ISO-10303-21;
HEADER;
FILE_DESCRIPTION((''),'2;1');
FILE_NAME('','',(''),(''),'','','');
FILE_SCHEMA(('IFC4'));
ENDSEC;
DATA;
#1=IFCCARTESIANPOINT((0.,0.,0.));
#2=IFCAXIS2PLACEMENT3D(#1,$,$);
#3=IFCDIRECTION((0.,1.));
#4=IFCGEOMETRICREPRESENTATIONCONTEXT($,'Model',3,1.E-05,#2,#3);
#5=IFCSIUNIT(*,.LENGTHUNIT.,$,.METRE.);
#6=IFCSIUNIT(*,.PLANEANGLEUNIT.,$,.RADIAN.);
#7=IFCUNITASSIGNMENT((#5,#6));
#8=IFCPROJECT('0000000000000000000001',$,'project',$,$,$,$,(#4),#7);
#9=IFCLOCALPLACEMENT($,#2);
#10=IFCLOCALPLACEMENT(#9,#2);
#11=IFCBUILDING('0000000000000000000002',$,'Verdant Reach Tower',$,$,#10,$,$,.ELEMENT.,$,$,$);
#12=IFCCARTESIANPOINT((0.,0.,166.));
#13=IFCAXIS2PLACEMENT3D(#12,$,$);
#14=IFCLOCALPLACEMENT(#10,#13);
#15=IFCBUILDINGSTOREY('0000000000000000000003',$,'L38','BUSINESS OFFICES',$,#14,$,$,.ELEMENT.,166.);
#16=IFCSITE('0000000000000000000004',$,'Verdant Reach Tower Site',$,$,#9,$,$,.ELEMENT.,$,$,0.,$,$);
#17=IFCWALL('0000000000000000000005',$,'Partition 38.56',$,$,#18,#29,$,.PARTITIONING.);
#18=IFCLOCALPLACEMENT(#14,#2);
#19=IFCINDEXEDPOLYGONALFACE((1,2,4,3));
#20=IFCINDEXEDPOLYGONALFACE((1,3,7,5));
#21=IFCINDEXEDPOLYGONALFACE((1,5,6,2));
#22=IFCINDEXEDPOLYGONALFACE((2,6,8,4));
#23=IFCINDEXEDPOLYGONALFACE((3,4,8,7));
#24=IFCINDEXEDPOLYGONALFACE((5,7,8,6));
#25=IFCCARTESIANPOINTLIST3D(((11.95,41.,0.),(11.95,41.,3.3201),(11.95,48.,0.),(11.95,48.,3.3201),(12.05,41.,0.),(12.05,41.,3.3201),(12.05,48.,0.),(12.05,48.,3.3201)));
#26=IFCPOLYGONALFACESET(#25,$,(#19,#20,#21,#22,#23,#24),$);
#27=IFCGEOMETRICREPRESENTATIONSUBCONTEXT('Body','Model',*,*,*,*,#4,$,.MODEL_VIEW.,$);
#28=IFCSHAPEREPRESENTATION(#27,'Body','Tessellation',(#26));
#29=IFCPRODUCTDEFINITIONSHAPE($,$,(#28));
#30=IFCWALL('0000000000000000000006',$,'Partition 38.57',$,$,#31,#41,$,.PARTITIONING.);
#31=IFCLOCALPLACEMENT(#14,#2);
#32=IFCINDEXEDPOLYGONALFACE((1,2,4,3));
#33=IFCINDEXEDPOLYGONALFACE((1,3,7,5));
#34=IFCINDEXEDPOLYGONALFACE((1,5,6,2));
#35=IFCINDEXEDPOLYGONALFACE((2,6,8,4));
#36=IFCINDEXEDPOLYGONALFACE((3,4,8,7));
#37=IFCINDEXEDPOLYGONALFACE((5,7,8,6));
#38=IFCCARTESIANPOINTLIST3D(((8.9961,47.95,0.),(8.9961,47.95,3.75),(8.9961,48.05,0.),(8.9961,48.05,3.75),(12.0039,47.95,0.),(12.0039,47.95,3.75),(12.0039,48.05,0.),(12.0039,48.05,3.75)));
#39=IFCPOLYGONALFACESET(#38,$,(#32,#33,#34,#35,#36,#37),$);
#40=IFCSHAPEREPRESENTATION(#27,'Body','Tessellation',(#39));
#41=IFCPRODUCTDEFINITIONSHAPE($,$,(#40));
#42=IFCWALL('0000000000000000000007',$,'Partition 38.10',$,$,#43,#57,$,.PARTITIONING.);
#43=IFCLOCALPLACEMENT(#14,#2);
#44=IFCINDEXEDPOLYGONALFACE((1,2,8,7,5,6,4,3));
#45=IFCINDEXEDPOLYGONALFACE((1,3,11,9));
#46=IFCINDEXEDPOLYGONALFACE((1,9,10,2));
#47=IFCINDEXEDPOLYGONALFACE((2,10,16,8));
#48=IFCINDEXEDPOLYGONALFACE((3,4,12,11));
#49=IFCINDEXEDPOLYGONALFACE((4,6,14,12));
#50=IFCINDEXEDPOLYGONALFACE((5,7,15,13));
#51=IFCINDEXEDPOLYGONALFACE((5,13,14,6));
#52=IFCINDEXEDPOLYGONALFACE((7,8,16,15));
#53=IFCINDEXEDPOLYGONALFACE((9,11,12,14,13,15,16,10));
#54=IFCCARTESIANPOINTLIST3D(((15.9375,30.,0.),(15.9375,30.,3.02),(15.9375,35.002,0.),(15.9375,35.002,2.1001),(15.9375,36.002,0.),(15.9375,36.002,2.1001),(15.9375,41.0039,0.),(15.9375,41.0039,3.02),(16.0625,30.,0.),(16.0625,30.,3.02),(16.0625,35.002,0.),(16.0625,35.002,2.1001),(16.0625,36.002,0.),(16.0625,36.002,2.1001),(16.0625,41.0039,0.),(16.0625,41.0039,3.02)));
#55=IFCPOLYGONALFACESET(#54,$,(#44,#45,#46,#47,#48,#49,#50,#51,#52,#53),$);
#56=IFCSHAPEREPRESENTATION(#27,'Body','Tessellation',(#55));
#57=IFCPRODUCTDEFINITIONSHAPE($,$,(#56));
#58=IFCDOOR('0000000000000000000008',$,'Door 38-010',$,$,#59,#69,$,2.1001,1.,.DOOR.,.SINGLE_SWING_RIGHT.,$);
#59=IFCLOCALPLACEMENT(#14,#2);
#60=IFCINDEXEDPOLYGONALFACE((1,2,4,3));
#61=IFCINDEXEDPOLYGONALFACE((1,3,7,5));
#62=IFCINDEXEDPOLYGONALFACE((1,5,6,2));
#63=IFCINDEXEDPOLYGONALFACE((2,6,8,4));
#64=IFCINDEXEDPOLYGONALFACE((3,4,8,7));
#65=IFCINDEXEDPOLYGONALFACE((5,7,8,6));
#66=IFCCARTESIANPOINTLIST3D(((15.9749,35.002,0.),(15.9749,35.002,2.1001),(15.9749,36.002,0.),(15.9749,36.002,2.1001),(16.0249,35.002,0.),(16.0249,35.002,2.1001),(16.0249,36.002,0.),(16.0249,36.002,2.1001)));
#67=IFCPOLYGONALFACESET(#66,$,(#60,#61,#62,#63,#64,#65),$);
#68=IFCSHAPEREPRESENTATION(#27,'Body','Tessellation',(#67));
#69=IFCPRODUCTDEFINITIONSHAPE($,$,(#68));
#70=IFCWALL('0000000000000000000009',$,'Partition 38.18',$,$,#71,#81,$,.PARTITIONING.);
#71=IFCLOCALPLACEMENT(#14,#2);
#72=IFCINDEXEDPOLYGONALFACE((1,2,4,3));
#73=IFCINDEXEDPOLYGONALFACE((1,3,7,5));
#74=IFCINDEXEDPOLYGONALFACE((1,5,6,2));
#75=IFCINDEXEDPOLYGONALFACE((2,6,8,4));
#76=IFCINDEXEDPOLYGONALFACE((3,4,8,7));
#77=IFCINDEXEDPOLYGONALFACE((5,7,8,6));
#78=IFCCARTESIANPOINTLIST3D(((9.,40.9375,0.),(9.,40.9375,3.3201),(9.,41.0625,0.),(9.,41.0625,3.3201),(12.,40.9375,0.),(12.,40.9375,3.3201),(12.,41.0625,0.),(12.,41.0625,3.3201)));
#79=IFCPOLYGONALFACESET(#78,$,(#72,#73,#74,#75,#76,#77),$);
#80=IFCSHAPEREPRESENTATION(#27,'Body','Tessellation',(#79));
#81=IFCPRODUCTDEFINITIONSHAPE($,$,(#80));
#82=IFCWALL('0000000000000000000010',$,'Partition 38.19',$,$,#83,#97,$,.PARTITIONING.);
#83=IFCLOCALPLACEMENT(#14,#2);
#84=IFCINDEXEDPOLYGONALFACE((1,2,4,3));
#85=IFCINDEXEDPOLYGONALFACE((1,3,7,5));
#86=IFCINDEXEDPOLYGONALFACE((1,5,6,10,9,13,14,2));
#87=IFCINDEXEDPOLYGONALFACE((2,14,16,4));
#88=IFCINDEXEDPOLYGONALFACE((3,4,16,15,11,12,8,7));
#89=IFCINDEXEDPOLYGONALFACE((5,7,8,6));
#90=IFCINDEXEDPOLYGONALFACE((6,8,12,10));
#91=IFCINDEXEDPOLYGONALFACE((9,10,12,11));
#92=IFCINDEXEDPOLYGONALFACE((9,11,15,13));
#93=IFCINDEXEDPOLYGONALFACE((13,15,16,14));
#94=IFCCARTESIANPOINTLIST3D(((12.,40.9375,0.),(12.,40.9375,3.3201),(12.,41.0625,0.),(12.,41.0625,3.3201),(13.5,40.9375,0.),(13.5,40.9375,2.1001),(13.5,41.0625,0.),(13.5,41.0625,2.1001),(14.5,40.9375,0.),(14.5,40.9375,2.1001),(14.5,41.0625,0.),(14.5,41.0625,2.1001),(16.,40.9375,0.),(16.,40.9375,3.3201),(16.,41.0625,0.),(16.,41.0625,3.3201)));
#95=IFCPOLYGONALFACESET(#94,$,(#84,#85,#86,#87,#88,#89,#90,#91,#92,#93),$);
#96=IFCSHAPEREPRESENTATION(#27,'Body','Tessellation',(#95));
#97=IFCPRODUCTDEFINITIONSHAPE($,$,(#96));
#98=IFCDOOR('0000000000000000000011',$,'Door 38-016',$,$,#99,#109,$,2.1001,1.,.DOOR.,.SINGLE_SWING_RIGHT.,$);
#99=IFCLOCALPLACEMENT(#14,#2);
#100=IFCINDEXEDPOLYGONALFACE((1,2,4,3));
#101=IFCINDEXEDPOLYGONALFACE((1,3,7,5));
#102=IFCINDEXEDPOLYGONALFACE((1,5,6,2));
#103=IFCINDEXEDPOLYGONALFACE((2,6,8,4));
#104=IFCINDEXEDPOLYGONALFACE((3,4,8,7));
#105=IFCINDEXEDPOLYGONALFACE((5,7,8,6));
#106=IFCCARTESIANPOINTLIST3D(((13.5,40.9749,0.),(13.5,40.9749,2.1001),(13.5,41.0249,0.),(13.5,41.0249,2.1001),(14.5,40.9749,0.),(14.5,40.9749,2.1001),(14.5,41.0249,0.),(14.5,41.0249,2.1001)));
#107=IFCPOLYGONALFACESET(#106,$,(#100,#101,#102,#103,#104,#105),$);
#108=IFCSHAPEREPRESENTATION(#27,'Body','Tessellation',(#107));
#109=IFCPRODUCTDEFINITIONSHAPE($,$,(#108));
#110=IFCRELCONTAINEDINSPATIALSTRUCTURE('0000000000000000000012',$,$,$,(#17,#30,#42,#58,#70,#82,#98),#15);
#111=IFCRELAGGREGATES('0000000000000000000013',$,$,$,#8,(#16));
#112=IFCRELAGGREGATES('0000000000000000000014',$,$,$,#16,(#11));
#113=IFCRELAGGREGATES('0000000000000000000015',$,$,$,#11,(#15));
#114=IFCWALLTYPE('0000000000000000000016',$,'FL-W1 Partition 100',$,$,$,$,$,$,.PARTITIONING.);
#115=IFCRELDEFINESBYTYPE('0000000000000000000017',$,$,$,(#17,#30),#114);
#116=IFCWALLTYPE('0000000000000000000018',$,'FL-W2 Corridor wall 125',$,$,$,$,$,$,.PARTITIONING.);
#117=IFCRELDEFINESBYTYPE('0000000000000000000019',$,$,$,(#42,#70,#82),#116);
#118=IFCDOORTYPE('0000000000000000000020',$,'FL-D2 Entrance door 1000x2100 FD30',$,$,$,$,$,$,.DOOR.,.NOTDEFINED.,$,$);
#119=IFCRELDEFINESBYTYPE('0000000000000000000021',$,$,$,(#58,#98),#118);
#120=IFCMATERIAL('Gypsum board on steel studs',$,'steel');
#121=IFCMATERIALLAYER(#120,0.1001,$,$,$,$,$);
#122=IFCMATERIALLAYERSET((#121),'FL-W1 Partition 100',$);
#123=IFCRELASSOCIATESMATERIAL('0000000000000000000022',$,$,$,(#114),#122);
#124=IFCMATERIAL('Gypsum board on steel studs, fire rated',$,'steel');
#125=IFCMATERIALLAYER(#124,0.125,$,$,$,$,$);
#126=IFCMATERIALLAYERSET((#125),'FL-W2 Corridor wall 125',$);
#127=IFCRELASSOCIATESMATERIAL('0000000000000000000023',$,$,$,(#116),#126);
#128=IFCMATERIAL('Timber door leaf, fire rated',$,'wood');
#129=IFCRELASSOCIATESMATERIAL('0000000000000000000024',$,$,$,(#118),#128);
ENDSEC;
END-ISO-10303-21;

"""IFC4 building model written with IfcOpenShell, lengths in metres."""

from ifc_helpers import new_model, si_unit, direction, frame, frame_2d, origin, place, context, subcontext, project, spatial, rectangle, extrude, material, layer, layer_set, type_object, element, fill, save


model = new_model("IFC4")

# Units and contexts
model_context = context("Model", 3, precision=1e-05, world=origin(), true_north=direction((0.0, 1.0)))
body_context = subcontext(model_context, "Body", "Model", "MODEL_VIEW")
ifc_project = project(units=[si_unit("LENGTHUNIT", "METRE"), si_unit("PLANEANGLEUNIT", "RADIAN")], contexts=[model_context])

# Site, building, storey
site_placement = place(None, origin())
site = spatial("IfcSite", under=ifc_project, at=site_placement, Name="Verdant Reach Tower Site", CompositionType="ELEMENT", RefElevation=0.0)
building_placement = place(site_placement, origin())
building = spatial("IfcBuilding", under=site, at=building_placement, Name="Verdant Reach Tower", CompositionType="ELEMENT")
storey_placement = place(building_placement, frame((0.0, 0.0, 166.0)))
storey = spatial("IfcBuildingStorey", under=building, at=storey_placement, Name="L38", Description="BUSINESS OFFICES", CompositionType="ELEMENT", Elevation=166.0)

# Walls
ifc_material_1 = material(Name="Gypsum board on steel studs", Category="steel")
ifc_layer_1 = layer(ifc_material_1, 0.1001)
ifc_layer_set_1 = layer_set([ifc_layer_1], Name="FL-W1 Partition 100")
wall_type_1 = type_object("IfcWallType", Name="FL-W1 Partition 100", PredefinedType="PARTITIONING", material=ifc_layer_set_1)
wall_1_placement = place(storey_placement, frame((12.0, 41.0, 0.0), z_axis=(0.0, 0.0, 1.0), x_axis=(0.0, 1.0, 0.0)))
element("IfcWall", 1, at=wall_1_placement, inside=storey, type_object=wall_type_1, Name="Partition 38.56", PredefinedType="PARTITIONING", context=body_context, shape_type="SweptSolid", body=[
    extrude(rectangle(XDim=7.0, YDim=0.1001, at=frame_2d((3.5, 0.0))), origin(), (0.0, 0.0, 1.0), 3.3201),
])
wall_2_placement = place(storey_placement, frame((12.0039, 48.0, 0.0), z_axis=(0.0, 0.0, 1.0), x_axis=(-1.0, 0.0, 0.0)))
element("IfcWall", 2, at=wall_2_placement, inside=storey, type_object=wall_type_1, Name="Partition 38.57", PredefinedType="PARTITIONING", context=body_context, shape_type="SweptSolid", body=[
    extrude(rectangle(XDim=3.0078, YDim=0.1001, at=frame_2d((1.5039, 0.0))), origin(), (0.0, 0.0, 1.0), 3.75),
])

# Wall, opening, door
ifc_material_2 = material(Name="Gypsum board on steel studs, fire rated", Category="steel")
ifc_layer_2 = layer(ifc_material_2, 0.125)
ifc_layer_set_2 = layer_set([ifc_layer_2], Name="FL-W2 Corridor wall 125")
wall_type_2 = type_object("IfcWallType", Name="FL-W2 Corridor wall 125", PredefinedType="PARTITIONING", material=ifc_layer_set_2)
wall_3_placement = place(storey_placement, frame((16.0, 41.0039, 0.0), z_axis=(0.0, 0.0, 1.0), x_axis=(0.0, -1.0, 0.0)))
wall_3 = element("IfcWall", 3, at=wall_3_placement, inside=storey, type_object=wall_type_2, Name="Partition 38.10", PredefinedType="PARTITIONING", context=body_context, shape_type="SweptSolid", body=[
    extrude(rectangle(XDim=11.0039, YDim=0.125, at=frame_2d((5.502, 0.0))), origin(), (0.0, 0.0, 1.0), 3.02),
])
opening_1_placement = place(wall_3_placement, frame((5.002, 0.0, 0.0)))
opening_1 = element("IfcOpeningElement", 4, at=opening_1_placement, cuts=wall_3, PredefinedType="OPENING", context=body_context, shape_type="SweptSolid", body=[
    extrude(rectangle(XDim=1.0, YDim=2.1001, at=frame_2d((0.5, 1.05))), frame((0.0, 0.0725, 0.0), z_axis=(0.0, -1.0, 0.0), x_axis=(1.0, 0.0, 0.0)), (0.0, 0.0, 1.0), 0.145),
])
ifc_material_3 = material(Name="Timber door leaf, fire rated", Category="wood")
door_type = type_object("IfcDoorType", Name="FL-D2 Entrance door 1000x2100 FD30", OperationType="NOTDEFINED", PredefinedType="DOOR", material=ifc_material_3)
door_1_placement = place(opening_1_placement, origin())
door_1 = element("IfcDoor", 5, at=door_1_placement, inside=storey, type_object=door_type, Name="Door 38-010", OperationType="SINGLE_SWING_RIGHT", OverallHeight=2.1001, OverallWidth=1.0, PredefinedType="DOOR", context=body_context, shape_type="SweptSolid", body=[
    extrude(rectangle(XDim=1.0, YDim=2.1001, at=frame_2d((0.5, 1.05))), frame((0.0, 0.0249, 0.0), z_axis=(0.0, -1.0, 0.0), x_axis=(1.0, 0.0, 0.0)), (0.0, 0.0, 1.0), 0.05),
])
fill(opening_1, door_1)

# Wall
wall_4_placement = place(storey_placement, frame((12.0, 41.0, 0.0), z_axis=(0.0, 0.0, 1.0), x_axis=(-1.0, 0.0, 0.0)))
element("IfcWall", 6, at=wall_4_placement, inside=storey, type_object=wall_type_2, Name="Partition 38.18", PredefinedType="PARTITIONING", context=body_context, shape_type="SweptSolid", body=[
    extrude(rectangle(XDim=3.0, YDim=0.125, at=frame_2d((1.5, 0.0))), origin(), (0.0, 0.0, 1.0), 3.3201),
])

# Wall, opening, door
wall_5_placement = place(storey_placement, frame((12.0, 41.0, 0.0), z_axis=(0.0, 0.0, 1.0), x_axis=(1.0, 0.0, 0.0)))
wall_5 = element("IfcWall", 7, at=wall_5_placement, inside=storey, type_object=wall_type_2, Name="Partition 38.19", PredefinedType="PARTITIONING", context=body_context, shape_type="SweptSolid", body=[
    extrude(rectangle(XDim=4.0, YDim=0.125, at=frame_2d((2.0, 0.0))), origin(), (0.0, 0.0, 1.0), 3.3201),
])
opening_2_placement = place(wall_5_placement, frame((1.5, 0.0, 0.0)))
opening_2 = element("IfcOpeningElement", 8, at=opening_2_placement, cuts=wall_5, PredefinedType="OPENING", context=body_context, shape_type="SweptSolid", body=[
    extrude(rectangle(XDim=1.0, YDim=2.1001, at=frame_2d((0.5, 1.05))), frame((0.0, 0.0725, 0.0), z_axis=(0.0, -1.0, 0.0), x_axis=(1.0, 0.0, 0.0)), (0.0, 0.0, 1.0), 0.145),
])
door_2_placement = place(opening_2_placement, origin())
door_2 = element("IfcDoor", 9, at=door_2_placement, inside=storey, type_object=door_type, Name="Door 38-016", OperationType="SINGLE_SWING_RIGHT", OverallHeight=2.1001, OverallWidth=1.0, PredefinedType="DOOR", context=body_context, shape_type="SweptSolid", body=[
    extrude(rectangle(XDim=1.0, YDim=2.1001, at=frame_2d((0.5, 1.05))), frame((0.0, 0.0249, 0.0), z_axis=(0.0, -1.0, 0.0), x_axis=(1.0, 0.0, 0.0)), (0.0, 0.0, 1.0), 0.05),
])
fill(opening_2, door_2)

save(model, "model.ifc")
